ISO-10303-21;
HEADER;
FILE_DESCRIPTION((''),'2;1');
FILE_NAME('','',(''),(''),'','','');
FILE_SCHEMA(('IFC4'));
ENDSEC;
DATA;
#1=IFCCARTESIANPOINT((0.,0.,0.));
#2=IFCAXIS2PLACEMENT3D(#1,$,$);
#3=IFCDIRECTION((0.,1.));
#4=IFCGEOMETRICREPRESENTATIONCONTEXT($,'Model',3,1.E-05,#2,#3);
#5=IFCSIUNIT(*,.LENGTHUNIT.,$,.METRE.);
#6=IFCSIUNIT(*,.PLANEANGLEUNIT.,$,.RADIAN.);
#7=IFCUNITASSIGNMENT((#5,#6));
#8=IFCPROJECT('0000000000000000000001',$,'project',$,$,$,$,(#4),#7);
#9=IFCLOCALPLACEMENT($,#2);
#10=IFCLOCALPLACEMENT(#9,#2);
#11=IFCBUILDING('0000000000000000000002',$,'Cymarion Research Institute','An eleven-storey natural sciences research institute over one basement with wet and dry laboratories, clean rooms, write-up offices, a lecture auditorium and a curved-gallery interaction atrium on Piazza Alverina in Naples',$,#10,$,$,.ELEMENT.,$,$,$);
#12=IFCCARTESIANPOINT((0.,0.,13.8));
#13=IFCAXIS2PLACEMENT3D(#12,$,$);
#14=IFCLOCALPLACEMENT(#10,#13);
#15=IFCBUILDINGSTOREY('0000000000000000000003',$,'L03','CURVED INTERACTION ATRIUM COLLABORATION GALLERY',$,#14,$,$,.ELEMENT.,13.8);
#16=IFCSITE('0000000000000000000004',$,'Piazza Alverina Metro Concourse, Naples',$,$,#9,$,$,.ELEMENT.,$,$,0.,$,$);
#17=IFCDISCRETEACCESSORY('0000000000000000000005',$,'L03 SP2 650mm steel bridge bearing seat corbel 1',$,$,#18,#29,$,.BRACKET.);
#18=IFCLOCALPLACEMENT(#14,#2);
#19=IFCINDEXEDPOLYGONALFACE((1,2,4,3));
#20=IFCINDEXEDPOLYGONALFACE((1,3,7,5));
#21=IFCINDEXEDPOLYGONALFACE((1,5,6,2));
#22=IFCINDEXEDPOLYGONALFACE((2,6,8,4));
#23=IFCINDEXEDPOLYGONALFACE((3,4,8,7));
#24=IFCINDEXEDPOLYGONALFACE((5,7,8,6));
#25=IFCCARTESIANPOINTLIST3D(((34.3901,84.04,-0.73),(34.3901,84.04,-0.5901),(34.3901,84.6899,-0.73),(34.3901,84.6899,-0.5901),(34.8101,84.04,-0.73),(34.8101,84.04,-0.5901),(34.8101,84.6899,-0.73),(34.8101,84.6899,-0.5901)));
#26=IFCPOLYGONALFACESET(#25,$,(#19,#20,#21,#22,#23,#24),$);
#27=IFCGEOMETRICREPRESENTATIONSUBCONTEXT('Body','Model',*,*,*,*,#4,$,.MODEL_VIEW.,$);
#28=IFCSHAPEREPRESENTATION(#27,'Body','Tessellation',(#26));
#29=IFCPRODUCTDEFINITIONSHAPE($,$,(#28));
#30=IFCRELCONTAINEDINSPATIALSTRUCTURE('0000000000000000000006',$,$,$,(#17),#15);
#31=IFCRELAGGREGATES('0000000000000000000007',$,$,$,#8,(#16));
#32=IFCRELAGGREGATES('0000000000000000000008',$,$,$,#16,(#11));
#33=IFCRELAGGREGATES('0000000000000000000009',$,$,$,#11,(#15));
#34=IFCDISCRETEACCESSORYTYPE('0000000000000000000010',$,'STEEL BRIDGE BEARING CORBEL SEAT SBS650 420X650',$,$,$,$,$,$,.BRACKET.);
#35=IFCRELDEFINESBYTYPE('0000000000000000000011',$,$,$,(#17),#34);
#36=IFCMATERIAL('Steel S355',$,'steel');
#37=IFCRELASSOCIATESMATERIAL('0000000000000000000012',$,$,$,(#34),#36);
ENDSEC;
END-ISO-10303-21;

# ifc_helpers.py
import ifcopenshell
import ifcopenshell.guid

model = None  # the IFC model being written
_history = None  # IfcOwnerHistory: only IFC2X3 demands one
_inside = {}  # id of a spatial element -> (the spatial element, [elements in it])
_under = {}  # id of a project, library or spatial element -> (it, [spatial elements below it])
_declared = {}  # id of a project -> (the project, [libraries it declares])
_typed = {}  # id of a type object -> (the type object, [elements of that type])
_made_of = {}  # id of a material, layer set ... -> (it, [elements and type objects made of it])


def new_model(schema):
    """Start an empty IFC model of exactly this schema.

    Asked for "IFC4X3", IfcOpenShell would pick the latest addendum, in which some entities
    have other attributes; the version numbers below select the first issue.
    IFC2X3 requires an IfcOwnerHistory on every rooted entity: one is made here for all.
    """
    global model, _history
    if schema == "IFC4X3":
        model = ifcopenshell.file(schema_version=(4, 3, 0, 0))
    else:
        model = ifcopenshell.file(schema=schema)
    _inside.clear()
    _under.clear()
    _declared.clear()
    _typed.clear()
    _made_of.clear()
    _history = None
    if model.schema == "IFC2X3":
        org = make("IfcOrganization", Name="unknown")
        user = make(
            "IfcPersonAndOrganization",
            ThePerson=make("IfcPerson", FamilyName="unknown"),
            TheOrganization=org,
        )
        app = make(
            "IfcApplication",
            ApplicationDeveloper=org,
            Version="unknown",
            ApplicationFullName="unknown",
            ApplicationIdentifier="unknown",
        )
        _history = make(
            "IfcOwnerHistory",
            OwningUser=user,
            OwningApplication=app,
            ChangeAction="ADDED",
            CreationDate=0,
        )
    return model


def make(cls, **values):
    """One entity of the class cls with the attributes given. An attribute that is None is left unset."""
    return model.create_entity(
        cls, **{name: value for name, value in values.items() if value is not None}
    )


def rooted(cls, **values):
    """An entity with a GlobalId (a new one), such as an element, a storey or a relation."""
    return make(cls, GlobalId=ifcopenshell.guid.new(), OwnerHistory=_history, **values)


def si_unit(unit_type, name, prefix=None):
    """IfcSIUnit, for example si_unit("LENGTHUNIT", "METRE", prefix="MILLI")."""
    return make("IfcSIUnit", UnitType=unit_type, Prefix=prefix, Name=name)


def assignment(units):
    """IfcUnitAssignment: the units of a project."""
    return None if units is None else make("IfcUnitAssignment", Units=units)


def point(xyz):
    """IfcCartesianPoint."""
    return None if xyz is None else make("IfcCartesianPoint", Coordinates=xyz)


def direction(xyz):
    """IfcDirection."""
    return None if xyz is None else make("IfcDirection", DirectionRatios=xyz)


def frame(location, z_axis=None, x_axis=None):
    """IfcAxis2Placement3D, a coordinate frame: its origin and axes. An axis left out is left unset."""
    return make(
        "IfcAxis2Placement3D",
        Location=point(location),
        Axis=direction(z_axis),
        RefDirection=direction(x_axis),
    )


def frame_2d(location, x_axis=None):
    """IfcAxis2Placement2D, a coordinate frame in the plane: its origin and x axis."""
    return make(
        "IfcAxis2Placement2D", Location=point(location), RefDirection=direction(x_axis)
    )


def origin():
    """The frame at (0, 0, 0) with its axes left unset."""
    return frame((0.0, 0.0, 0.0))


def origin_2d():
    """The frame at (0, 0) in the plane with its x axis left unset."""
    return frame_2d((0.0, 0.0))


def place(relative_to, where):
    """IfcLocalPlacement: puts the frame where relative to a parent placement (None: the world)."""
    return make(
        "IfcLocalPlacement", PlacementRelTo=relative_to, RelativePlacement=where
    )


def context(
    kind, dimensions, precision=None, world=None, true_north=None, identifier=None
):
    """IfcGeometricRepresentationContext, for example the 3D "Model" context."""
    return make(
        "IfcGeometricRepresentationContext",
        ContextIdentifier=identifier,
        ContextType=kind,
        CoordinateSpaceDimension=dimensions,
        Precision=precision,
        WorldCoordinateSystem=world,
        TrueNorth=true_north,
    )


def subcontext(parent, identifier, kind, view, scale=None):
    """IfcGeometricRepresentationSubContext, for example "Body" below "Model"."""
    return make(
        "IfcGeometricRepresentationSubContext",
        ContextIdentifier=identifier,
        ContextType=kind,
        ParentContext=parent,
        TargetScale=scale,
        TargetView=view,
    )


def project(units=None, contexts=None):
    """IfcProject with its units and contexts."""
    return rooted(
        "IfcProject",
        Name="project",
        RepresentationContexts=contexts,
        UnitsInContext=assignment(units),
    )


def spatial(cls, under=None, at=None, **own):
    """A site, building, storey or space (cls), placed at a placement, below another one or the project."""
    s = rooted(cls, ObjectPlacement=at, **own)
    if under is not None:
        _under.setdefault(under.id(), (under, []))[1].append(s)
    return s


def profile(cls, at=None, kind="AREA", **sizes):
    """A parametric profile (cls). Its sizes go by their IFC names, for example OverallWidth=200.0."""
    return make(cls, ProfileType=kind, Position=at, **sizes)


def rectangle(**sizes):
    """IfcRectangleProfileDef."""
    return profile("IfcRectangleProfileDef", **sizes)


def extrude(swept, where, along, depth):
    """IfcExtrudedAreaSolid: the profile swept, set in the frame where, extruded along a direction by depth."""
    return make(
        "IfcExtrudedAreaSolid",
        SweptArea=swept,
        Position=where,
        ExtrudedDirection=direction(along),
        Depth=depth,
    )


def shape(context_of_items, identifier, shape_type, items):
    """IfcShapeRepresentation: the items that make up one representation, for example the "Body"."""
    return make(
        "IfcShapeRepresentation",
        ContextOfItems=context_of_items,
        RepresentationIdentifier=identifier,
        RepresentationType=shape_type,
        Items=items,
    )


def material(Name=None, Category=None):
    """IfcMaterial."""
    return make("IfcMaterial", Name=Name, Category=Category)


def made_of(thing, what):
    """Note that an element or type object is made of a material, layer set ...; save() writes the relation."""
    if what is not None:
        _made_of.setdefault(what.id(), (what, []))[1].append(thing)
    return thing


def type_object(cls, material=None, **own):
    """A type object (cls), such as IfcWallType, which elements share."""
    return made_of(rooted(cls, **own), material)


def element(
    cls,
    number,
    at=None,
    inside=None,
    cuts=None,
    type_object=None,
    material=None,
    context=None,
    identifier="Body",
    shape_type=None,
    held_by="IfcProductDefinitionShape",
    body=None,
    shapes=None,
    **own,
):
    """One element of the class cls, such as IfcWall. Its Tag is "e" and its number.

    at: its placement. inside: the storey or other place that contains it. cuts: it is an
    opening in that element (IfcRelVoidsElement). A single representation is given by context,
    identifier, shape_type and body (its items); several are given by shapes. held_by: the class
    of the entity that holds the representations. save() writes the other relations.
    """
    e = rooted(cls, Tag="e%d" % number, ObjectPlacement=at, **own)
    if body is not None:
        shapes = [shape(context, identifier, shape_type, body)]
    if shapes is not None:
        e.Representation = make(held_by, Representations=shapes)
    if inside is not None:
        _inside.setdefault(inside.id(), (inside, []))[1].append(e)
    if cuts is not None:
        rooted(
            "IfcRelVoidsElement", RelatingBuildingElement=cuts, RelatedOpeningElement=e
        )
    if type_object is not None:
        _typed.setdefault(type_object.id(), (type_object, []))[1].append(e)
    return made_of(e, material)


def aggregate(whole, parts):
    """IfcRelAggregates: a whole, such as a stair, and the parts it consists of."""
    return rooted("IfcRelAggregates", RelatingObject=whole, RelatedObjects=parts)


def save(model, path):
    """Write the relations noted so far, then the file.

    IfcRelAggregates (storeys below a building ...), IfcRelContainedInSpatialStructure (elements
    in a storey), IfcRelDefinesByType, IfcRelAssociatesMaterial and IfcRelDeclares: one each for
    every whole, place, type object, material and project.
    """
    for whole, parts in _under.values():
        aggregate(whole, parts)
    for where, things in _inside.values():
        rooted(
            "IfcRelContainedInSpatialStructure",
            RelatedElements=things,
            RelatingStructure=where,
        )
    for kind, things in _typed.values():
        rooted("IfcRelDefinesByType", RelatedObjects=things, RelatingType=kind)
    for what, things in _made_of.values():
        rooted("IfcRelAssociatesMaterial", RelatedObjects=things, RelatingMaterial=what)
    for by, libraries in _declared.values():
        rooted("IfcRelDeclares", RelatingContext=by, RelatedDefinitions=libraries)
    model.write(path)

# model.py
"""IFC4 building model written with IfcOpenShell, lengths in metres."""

from ifc_helpers import new_model, si_unit, direction, frame, origin, origin_2d, place, context, subcontext, project, spatial, rectangle, extrude, material, type_object, element, save


model = new_model("IFC4")

# Units and contexts
model_context = context("Model", 3, precision=1e-05, world=origin(), true_north=direction((0.0, 1.0)))
body_context = subcontext(model_context, "Body", "Model", "MODEL_VIEW")
ifc_project = project(units=[si_unit("LENGTHUNIT", "METRE"), si_unit("PLANEANGLEUNIT", "RADIAN")], contexts=[model_context])

# Site, building, storey
site_placement = place(None, origin())
site = spatial("IfcSite", under=ifc_project, at=site_placement, Name="Piazza Alverina Metro Concourse, Naples", CompositionType="ELEMENT", RefElevation=0.0)
building_placement = place(site_placement, origin())
building = spatial("IfcBuilding", under=site, at=building_placement, Name="Cymarion Research Institute", Description="An eleven-storey natural sciences research institute over one basement with wet and dry laboratories, clean rooms, write-up offices, a lecture auditorium and a curved-gallery interaction atrium on Piazza Alverina in Naples", CompositionType="ELEMENT")
storey_placement = place(building_placement, frame((0.0, 0.0, 13.8)))
storey = spatial("IfcBuildingStorey", under=building, at=storey_placement, Name="L03", Description="CURVED INTERACTION ATRIUM COLLABORATION GALLERY", CompositionType="ELEMENT", Elevation=13.8)

# Shared definitions
ifc_material_1 = material(Name="Steel S355", Category="steel")

# Discrete accessory
discrete_accessory_type_1 = type_object("IfcDiscreteAccessoryType", Name="STEEL BRIDGE BEARING CORBEL SEAT SBS650 420X650", PredefinedType="BRACKET", material=ifc_material_1)
discrete_accessory_1_placement = place(storey_placement, frame((34.6001, 84.365, -0.73), z_axis=(0.0, 0.0, 1.0), x_axis=(1.0, 0.0, 0.0)))
element("IfcDiscreteAccessory", 1, at=discrete_accessory_1_placement, inside=storey, type_object=discrete_accessory_type_1, Name="L03 SP2 650mm steel bridge bearing seat corbel 1", PredefinedType="BRACKET", context=body_context, shape_type="SweptSolid", body=[
    extrude(rectangle(XDim=0.4199, YDim=0.6499, at=origin_2d()), origin(), (0.0, 0.0, 1.0), 0.1399),
])

save(model, "model.ifc")
